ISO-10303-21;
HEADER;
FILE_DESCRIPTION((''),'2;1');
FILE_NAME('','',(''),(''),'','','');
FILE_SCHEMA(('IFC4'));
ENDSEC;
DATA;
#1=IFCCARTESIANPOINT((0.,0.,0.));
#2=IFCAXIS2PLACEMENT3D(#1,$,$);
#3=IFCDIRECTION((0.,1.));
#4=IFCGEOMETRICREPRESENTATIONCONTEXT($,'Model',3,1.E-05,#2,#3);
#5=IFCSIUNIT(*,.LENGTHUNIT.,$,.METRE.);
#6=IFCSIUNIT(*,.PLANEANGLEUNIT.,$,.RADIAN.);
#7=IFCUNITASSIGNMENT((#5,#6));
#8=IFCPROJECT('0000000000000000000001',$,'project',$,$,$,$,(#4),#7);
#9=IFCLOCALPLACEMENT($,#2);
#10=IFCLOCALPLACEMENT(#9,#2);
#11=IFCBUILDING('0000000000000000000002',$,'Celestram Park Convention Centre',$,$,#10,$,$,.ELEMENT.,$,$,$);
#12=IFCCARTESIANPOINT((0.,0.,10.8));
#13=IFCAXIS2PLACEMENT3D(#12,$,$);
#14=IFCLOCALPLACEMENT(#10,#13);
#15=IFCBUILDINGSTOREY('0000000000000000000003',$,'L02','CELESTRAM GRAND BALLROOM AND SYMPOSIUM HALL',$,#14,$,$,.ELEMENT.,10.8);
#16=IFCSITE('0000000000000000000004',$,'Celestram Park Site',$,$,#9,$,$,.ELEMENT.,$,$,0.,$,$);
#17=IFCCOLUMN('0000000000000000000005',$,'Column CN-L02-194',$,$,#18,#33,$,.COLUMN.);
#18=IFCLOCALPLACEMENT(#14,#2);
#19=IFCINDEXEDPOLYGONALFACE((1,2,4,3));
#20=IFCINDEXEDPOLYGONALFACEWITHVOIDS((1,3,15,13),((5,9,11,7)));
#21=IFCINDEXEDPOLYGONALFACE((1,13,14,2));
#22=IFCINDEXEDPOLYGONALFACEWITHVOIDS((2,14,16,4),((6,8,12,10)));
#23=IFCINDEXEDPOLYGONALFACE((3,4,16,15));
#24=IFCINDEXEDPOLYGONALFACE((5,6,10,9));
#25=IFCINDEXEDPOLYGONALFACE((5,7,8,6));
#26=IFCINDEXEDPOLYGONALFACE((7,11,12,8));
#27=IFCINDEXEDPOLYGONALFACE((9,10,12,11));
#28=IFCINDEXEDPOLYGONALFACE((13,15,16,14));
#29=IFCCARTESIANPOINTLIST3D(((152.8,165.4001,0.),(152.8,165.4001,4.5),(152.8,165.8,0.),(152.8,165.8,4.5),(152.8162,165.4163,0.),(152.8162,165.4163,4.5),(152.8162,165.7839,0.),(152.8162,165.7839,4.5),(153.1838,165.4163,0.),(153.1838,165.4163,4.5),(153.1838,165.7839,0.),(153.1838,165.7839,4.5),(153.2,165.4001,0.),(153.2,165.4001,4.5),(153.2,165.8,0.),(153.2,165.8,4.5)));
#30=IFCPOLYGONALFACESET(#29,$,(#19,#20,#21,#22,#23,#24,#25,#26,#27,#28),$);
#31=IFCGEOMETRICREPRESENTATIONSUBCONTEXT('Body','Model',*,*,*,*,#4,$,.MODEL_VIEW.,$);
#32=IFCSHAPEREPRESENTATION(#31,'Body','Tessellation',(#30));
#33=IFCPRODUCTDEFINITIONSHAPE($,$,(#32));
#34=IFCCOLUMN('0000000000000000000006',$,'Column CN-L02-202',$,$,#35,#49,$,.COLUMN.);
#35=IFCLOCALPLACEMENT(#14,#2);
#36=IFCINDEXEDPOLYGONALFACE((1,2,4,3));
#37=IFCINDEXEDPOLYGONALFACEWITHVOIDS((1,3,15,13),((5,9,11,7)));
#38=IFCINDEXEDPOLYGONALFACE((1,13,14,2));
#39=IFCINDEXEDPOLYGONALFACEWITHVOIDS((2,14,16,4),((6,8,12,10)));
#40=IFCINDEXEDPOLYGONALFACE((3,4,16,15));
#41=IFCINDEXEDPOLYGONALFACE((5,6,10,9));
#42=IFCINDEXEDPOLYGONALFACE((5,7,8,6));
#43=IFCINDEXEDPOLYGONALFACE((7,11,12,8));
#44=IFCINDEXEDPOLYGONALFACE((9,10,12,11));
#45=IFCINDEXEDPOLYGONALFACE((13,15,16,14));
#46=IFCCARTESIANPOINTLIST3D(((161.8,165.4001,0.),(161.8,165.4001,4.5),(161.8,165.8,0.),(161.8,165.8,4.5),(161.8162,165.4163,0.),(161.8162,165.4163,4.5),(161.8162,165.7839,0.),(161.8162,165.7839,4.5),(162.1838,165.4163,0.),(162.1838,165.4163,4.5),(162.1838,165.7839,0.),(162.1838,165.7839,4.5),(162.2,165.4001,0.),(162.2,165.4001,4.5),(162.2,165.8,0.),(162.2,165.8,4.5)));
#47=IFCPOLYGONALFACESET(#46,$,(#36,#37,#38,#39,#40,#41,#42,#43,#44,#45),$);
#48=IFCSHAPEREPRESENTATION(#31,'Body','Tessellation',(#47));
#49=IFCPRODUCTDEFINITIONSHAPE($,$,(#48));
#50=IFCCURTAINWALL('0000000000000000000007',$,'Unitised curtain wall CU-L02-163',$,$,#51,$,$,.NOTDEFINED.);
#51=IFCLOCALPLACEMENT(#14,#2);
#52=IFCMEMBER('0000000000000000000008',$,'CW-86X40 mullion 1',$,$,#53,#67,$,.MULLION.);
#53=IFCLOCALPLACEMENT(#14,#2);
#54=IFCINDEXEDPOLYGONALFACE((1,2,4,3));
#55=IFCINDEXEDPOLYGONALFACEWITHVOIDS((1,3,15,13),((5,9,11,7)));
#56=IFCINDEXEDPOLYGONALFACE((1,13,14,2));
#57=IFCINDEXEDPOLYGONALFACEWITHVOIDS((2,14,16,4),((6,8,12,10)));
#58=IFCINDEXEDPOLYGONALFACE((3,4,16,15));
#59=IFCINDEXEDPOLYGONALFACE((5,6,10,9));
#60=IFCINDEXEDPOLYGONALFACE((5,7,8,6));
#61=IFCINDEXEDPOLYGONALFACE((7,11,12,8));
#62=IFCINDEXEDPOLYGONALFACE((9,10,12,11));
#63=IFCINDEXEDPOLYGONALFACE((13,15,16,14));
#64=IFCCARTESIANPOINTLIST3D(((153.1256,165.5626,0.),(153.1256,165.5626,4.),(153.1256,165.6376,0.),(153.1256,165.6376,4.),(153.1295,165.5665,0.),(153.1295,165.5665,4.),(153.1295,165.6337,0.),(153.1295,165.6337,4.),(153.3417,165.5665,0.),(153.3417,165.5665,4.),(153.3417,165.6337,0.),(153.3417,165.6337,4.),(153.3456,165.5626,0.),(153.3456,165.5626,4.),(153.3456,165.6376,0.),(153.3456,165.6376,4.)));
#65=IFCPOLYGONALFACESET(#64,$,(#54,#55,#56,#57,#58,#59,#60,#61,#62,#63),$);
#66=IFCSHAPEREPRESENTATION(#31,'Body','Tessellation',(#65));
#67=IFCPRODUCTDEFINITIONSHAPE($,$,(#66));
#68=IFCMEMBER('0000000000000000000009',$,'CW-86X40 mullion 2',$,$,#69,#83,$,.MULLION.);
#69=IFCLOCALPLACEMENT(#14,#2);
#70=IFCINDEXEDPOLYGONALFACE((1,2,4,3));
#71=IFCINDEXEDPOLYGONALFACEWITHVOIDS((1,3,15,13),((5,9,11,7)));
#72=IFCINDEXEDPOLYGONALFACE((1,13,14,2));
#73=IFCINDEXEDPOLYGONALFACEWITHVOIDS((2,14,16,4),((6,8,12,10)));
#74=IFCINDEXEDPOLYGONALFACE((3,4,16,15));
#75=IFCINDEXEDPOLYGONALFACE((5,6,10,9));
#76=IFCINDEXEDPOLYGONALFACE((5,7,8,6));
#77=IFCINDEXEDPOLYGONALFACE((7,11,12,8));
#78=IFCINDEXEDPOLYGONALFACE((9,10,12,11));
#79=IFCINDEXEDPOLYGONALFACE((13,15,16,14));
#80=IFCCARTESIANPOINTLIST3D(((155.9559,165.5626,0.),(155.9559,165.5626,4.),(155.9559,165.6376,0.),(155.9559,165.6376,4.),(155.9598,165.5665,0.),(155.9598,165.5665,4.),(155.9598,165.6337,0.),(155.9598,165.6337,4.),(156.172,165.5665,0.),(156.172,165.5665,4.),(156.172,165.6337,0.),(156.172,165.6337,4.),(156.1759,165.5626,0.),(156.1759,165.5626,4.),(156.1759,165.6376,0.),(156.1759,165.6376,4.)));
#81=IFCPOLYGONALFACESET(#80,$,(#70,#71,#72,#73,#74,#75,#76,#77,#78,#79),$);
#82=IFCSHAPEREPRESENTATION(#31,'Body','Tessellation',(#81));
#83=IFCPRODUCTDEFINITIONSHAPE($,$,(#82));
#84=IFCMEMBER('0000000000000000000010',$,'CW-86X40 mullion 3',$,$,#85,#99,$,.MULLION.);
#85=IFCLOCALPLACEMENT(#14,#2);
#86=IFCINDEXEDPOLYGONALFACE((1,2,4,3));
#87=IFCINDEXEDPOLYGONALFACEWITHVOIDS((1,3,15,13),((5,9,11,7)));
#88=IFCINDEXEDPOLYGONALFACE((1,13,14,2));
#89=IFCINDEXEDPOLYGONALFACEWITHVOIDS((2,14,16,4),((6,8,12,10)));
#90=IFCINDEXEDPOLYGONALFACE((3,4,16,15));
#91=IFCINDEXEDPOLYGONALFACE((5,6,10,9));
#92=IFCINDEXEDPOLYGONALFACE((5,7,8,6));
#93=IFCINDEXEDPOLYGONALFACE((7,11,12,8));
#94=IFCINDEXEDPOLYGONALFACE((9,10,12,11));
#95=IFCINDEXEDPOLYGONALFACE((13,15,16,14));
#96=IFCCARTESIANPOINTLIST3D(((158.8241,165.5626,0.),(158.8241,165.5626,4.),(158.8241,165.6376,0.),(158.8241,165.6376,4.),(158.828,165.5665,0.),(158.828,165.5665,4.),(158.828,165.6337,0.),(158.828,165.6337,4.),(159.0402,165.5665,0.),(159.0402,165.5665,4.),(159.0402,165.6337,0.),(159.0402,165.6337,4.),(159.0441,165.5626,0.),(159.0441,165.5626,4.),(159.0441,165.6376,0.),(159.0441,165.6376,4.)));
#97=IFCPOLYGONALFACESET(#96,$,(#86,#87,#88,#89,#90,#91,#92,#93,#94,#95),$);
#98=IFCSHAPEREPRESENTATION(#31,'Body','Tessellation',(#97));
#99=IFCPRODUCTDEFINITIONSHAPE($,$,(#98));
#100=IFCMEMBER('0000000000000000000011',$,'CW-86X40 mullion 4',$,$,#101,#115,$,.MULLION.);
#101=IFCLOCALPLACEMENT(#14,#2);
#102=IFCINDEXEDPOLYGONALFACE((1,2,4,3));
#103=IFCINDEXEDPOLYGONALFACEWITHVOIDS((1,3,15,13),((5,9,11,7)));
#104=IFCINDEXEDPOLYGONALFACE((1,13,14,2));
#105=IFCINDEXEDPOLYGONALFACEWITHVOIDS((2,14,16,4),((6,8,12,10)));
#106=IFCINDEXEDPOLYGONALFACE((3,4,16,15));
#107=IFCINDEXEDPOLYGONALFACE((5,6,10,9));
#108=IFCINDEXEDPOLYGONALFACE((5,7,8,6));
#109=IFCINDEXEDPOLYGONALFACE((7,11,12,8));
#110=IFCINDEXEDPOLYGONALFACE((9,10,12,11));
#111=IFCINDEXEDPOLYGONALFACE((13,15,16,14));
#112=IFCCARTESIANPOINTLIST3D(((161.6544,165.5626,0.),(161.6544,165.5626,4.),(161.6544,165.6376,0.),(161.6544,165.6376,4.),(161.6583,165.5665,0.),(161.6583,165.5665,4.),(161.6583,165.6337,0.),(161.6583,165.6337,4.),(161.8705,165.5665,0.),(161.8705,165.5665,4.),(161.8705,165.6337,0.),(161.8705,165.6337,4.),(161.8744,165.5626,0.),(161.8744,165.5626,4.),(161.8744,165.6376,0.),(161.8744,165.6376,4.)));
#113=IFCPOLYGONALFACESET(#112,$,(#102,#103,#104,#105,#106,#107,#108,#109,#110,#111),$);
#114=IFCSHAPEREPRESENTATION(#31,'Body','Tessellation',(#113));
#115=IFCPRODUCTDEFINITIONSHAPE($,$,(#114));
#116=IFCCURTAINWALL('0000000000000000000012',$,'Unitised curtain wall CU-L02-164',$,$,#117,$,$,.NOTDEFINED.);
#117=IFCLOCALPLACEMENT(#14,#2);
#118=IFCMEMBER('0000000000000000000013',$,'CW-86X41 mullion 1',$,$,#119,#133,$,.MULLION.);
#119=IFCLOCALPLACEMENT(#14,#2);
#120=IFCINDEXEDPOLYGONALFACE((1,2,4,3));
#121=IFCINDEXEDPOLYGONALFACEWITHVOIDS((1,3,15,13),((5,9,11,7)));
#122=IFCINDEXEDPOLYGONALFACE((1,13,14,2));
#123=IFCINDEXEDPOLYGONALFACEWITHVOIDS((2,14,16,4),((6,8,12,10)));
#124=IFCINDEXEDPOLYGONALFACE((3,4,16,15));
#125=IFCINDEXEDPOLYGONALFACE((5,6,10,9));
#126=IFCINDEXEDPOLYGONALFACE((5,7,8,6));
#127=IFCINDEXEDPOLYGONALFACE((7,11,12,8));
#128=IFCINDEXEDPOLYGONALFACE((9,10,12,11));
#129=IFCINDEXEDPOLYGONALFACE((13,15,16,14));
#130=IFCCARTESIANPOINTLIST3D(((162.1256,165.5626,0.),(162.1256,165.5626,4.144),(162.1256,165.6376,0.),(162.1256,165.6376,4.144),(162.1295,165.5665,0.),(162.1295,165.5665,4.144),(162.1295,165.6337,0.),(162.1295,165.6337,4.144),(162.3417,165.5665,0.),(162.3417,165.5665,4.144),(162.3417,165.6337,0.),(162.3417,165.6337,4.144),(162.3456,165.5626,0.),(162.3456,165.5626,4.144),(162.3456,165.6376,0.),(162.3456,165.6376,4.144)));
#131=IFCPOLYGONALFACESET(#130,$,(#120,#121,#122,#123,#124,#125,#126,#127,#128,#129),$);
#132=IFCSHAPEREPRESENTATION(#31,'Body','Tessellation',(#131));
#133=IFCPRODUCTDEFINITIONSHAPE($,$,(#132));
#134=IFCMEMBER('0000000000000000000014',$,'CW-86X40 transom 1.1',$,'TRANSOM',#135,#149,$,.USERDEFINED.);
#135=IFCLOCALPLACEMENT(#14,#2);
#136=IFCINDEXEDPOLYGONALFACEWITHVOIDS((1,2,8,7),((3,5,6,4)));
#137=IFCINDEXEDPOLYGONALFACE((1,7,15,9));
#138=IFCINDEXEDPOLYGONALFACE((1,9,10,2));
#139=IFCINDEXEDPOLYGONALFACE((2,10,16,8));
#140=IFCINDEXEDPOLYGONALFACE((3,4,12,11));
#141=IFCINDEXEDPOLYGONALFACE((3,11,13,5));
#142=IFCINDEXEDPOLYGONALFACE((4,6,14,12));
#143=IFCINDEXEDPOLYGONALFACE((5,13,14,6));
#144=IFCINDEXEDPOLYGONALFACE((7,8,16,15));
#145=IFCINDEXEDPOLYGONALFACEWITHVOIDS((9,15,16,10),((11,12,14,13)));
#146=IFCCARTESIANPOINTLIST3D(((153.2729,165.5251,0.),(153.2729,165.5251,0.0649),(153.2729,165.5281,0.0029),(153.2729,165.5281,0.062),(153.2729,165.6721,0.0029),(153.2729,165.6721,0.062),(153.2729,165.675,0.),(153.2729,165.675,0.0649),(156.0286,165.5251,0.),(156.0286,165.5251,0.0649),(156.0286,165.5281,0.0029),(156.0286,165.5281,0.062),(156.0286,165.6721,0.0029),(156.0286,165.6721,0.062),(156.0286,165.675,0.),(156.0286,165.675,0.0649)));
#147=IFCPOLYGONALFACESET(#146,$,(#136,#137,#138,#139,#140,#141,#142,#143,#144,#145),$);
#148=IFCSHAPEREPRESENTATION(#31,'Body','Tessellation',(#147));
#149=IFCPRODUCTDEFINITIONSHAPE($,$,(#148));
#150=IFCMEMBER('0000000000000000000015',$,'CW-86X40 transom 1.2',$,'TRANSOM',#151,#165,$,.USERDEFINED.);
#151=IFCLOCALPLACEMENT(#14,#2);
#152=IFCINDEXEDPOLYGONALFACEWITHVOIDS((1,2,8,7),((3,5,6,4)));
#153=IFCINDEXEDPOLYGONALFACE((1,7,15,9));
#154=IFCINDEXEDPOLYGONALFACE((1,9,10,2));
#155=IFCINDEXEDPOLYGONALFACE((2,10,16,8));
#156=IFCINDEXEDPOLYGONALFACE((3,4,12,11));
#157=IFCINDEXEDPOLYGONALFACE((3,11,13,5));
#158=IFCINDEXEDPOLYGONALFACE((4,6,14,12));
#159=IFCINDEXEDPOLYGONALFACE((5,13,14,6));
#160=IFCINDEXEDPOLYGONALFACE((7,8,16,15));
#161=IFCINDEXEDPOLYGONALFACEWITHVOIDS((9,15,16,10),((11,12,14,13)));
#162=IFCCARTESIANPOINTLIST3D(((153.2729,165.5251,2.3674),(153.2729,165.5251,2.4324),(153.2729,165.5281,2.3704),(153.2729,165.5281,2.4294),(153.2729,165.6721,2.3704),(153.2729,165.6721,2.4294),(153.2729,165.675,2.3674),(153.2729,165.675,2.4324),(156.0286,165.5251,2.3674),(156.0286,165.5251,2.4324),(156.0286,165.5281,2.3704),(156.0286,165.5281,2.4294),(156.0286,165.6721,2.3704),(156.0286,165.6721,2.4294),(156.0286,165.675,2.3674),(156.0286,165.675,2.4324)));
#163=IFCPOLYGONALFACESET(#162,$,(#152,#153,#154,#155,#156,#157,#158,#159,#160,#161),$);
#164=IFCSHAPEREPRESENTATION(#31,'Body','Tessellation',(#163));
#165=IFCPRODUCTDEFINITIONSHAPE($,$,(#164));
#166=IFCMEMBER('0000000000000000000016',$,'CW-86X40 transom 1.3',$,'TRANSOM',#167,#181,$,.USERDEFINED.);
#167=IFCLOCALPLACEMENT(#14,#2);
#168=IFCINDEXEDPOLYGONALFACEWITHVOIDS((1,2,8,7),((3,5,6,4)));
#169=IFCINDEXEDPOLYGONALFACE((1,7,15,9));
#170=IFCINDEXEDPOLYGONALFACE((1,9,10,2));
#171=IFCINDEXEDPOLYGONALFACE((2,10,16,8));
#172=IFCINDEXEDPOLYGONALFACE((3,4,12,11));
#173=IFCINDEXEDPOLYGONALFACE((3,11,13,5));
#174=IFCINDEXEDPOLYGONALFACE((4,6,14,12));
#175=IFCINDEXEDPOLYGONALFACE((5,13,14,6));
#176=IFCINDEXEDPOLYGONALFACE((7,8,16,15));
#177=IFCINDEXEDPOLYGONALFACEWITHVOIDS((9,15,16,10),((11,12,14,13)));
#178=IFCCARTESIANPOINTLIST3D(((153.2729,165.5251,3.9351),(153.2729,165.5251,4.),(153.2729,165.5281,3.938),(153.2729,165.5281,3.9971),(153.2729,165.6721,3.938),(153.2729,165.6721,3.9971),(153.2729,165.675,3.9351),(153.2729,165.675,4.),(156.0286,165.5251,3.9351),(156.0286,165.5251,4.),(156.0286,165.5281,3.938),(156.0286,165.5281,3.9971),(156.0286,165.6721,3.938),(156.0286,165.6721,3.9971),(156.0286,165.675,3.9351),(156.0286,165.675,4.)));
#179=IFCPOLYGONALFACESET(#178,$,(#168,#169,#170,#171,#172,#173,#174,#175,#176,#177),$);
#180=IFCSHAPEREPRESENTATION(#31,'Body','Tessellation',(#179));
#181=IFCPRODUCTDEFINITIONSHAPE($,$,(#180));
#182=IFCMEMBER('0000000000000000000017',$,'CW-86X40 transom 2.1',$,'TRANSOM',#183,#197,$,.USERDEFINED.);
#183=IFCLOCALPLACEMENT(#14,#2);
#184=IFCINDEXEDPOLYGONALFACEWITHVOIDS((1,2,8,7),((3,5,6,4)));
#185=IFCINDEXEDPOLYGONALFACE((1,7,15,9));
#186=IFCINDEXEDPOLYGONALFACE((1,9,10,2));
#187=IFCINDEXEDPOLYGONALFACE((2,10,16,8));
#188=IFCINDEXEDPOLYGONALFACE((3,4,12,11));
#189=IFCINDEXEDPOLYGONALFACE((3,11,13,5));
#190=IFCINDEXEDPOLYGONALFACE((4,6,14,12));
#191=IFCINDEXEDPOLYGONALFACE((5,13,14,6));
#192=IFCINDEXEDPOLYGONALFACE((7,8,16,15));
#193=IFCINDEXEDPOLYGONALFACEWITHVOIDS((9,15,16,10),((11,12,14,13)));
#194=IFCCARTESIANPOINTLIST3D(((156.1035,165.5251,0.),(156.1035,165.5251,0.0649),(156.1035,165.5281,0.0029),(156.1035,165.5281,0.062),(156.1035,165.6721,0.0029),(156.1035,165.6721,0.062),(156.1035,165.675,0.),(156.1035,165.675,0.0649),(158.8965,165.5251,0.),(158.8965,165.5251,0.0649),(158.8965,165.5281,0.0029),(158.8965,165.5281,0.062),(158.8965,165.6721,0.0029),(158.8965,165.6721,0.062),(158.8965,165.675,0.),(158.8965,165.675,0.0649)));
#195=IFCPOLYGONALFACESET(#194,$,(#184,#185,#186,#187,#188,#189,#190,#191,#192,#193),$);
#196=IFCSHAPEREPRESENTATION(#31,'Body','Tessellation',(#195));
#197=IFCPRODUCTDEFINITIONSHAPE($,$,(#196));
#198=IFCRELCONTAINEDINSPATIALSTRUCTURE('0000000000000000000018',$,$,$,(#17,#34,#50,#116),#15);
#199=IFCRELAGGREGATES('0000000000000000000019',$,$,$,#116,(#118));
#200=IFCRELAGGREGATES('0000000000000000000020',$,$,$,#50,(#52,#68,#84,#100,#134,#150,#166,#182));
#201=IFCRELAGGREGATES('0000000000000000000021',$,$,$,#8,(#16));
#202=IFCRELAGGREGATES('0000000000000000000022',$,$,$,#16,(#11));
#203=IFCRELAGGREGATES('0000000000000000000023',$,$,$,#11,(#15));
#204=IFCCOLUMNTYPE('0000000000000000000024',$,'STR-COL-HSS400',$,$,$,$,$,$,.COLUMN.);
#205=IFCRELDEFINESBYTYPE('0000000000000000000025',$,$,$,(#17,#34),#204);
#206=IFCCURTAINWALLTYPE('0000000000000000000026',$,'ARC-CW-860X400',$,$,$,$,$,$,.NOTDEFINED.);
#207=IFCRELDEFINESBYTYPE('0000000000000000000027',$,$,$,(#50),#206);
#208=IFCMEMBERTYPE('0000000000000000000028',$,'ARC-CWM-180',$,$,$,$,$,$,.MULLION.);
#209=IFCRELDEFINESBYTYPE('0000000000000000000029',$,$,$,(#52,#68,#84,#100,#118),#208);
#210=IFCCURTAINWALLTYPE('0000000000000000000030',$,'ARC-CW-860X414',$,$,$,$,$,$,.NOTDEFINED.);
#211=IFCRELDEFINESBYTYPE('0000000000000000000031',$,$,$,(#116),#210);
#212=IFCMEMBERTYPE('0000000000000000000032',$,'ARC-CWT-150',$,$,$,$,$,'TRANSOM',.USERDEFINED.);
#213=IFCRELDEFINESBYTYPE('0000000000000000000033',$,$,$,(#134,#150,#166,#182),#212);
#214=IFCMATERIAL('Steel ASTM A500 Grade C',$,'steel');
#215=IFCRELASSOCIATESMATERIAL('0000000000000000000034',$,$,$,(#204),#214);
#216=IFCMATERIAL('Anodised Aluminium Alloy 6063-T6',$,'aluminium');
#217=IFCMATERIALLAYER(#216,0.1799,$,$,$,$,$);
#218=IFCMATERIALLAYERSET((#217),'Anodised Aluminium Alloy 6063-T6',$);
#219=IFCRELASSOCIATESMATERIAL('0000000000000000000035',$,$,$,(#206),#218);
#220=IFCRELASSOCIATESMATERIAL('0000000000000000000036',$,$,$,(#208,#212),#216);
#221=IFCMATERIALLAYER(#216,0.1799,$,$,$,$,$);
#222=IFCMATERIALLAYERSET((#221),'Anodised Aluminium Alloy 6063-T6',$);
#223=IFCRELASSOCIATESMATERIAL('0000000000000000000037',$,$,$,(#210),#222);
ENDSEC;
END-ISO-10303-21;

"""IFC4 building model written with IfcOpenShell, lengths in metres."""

from ifc_helpers import new_model, si_unit, direction, frame, origin, origin_2d, place, context, subcontext, project, spatial, hollow_rectangle, extrude, material, layer, layer_set, material_profile, profile_set, type_object, element, aggregate, save


model = new_model("IFC4")

# Units and contexts
model_context = context("Model", 3, precision=1e-05, world=origin(), true_north=direction((0.0, 1.0)))
body_context = subcontext(model_context, "Body", "Model", "MODEL_VIEW")
ifc_project = project(units=[si_unit("LENGTHUNIT", "METRE"), si_unit("PLANEANGLEUNIT", "RADIAN")], contexts=[model_context])

# Site, building, storey
site_placement = place(None, origin())
site = spatial("IfcSite", under=ifc_project, at=site_placement, Name="Celestram Park Site", CompositionType="ELEMENT", RefElevation=0.0)
building_placement = place(site_placement, origin())
building = spatial("IfcBuilding", under=site, at=building_placement, Name="Celestram Park Convention Centre", CompositionType="ELEMENT")
storey_placement = place(building_placement, frame((0.0, 0.0, 10.8)))
storey = spatial("IfcBuildingStorey", under=building, at=storey_placement, Name="L02", Description="CELESTRAM GRAND BALLROOM AND SYMPOSIUM HALL", CompositionType="ELEMENT", Elevation=10.8)

# Columns
ifc_material_1 = material(Name="Steel ASTM A500 Grade C", Category="steel")
ifc_material_profile_1 = material_profile(ifc_material_1, hollow_rectangle(XDim=0.3999, YDim=0.3999, WallThickness=0.0161, at=origin_2d()), Name="HSS400X400X16")
ifc_profile_set_1 = profile_set([ifc_material_profile_1], Name="Steel ASTM A500 Grade C")
column_type = type_object("IfcColumnType", Name="STR-COL-HSS400", PredefinedType="COLUMN", material=ifc_profile_set_1)
for number, where, z_axis, x_axis, name in (
    (1, (153.0, 165.6001, 0.0), (0.0, 0.0, 1.0), (1.0, 0.0, 0.0), "Column CN-L02-194"),
    (2, (162.0, 165.6001, 0.0), (0.0, 0.0, 1.0), (1.0, 0.0, 0.0), "Column CN-L02-202"),
):
    element("IfcColumn", number, at=place(storey_placement, frame(where, z_axis=z_axis, x_axis=x_axis)), inside=storey, type_object=column_type, Name=name, PredefinedType="COLUMN", context=body_context, shape_type="SweptSolid", body=[
        extrude(hollow_rectangle(XDim=0.3999, YDim=0.3999, WallThickness=0.0161, at=origin_2d()), origin(), (0.0, 0.0, 1.0), 4.5),
    ])

# Curtain wall, members
ifc_material_2 = material(Name="Anodised Aluminium Alloy 6063-T6", Category="aluminium")
ifc_layer_1 = layer(ifc_material_2, 0.1799)
ifc_layer_set_1 = layer_set([ifc_layer_1], Name="Anodised Aluminium Alloy 6063-T6")
curtain_wall_type_1 = type_object("IfcCurtainWallType", Name="ARC-CW-860X400", PredefinedType="NOTDEFINED", material=ifc_layer_set_1)
curtain_wall_1_placement = place(storey_placement, origin())
curtain_wall_1 = element("IfcCurtainWall", 3, at=curtain_wall_1_placement, inside=storey, type_object=curtain_wall_type_1, Name="Unitised curtain wall CU-L02-163", PredefinedType="NOTDEFINED")
ifc_material_profile_2 = material_profile(ifc_material_2, hollow_rectangle(XDim=0.075, YDim=0.22, WallThickness=0.0039, at=origin_2d()), Name="ALU75X220X4")
ifc_profile_set_2 = profile_set([ifc_material_profile_2], Name="Anodised Aluminium Alloy 6063-T6")
member_type_1 = type_object("IfcMemberType", Name="ARC-CWM-180", PredefinedType="MULLION", material=ifc_profile_set_2)
member_1_placement = place(storey_placement, frame((153.2356, 165.6001, 0.0), z_axis=(0.0, 0.0, 1.0), x_axis=(0.0, 1.0, 0.0)))
member_1 = element("IfcMember", 4, at=member_1_placement, type_object=member_type_1, Name="CW-86X40 mullion 1", PredefinedType="MULLION", context=body_context, shape_type="SweptSolid", body=[
    extrude(hollow_rectangle(XDim=0.075, YDim=0.22, WallThickness=0.0039, at=origin_2d()), origin(), (0.0, 0.0, 1.0), 4.0),
])
member_2_placement = place(storey_placement, frame((156.0659, 165.6001, 0.0), z_axis=(0.0, 0.0, 1.0), x_axis=(0.0, 1.0, 0.0)))
member_2 = element("IfcMember", 5, at=member_2_placement, type_object=member_type_1, Name="CW-86X40 mullion 2", PredefinedType="MULLION", context=body_context, shape_type="SweptSolid", body=[
    extrude(hollow_rectangle(XDim=0.075, YDim=0.22, WallThickness=0.0039, at=origin_2d()), origin(), (0.0, 0.0, 1.0), 4.0),
])
member_3_placement = place(storey_placement, frame((158.9341, 165.6001, 0.0), z_axis=(0.0, 0.0, 1.0), x_axis=(0.0, 1.0, 0.0)))
member_3 = element("IfcMember", 6, at=member_3_placement, type_object=member_type_1, Name="CW-86X40 mullion 3", PredefinedType="MULLION", context=body_context, shape_type="SweptSolid", body=[
    extrude(hollow_rectangle(XDim=0.075, YDim=0.22, WallThickness=0.0039, at=origin_2d()), origin(), (0.0, 0.0, 1.0), 4.0),
])
member_4_placement = place(storey_placement, frame((161.7644, 165.6001, 0.0), z_axis=(0.0, 0.0, 1.0), x_axis=(0.0, 1.0, 0.0)))
member_4 = element("IfcMember", 7, at=member_4_placement, type_object=member_type_1, Name="CW-86X40 mullion 4", PredefinedType="MULLION", context=body_context, shape_type="SweptSolid", body=[
    extrude(hollow_rectangle(XDim=0.075, YDim=0.22, WallThickness=0.0039, at=origin_2d()), origin(), (0.0, 0.0, 1.0), 4.0),
])

# Curtain wall, member
ifc_layer_2 = layer(ifc_material_2, 0.1799)
ifc_layer_set_2 = layer_set([ifc_layer_2], Name="Anodised Aluminium Alloy 6063-T6")
curtain_wall_type_2 = type_object("IfcCurtainWallType", Name="ARC-CW-860X414", PredefinedType="NOTDEFINED", material=ifc_layer_set_2)
curtain_wall_2_placement = place(storey_placement, origin())
curtain_wall_2 = element("IfcCurtainWall", 8, at=curtain_wall_2_placement, inside=storey, type_object=curtain_wall_type_2, Name="Unitised curtain wall CU-L02-164", PredefinedType="NOTDEFINED")
member_5_placement = place(storey_placement, frame((162.2356, 165.6001, 0.0), z_axis=(0.0, 0.0, 1.0), x_axis=(0.0, 1.0, 0.0)))
member_5 = element("IfcMember", 9, at=member_5_placement, type_object=member_type_1, Name="CW-86X41 mullion 1", PredefinedType="MULLION", context=body_context, shape_type="SweptSolid", body=[
    extrude(hollow_rectangle(XDim=0.075, YDim=0.22, WallThickness=0.0039, at=origin_2d()), origin(), (0.0, 0.0, 1.0), 4.144),
])

# Members
ifc_material_profile_3 = material_profile(ifc_material_2, hollow_rectangle(XDim=0.1499, YDim=0.0649, WallThickness=0.0029, at=origin_2d()), Name="ALU150X65X3")
ifc_profile_set_3 = profile_set([ifc_material_profile_3], Name="Anodised Aluminium Alloy 6063-T6")
member_type_2 = type_object("IfcMemberType", Name="ARC-CWT-150", ElementType="TRANSOM", PredefinedType="USERDEFINED", material=ifc_profile_set_3)
member_6_placement = place(storey_placement, frame((153.2729, 165.6001, 0.0325), z_axis=(1.0, 0.0, 0.0), x_axis=(0.0, 1.0, 0.0)))
member_6 = element("IfcMember", 10, at=member_6_placement, type_object=member_type_2, Name="CW-86X40 transom 1.1", ObjectType="TRANSOM", PredefinedType="USERDEFINED", context=body_context, shape_type="SweptSolid", body=[
    extrude(hollow_rectangle(XDim=0.1499, YDim=0.0649, WallThickness=0.0029, at=origin_2d()), origin(), (0.0, 0.0, 1.0), 2.7556),
])
member_7_placement = place(storey_placement, frame((153.2729, 165.6001, 2.3999), z_axis=(1.0, 0.0, 0.0), x_axis=(0.0, 1.0, 0.0)))
member_7 = element("IfcMember", 11, at=member_7_placement, type_object=member_type_2, Name="CW-86X40 transom 1.2", ObjectType="TRANSOM", PredefinedType="USERDEFINED", context=body_context, shape_type="SweptSolid", body=[
    extrude(hollow_rectangle(XDim=0.1499, YDim=0.0649, WallThickness=0.0029, at=origin_2d()), origin(), (0.0, 0.0, 1.0), 2.7556),
])
member_8_placement = place(storey_placement, frame((153.2729, 165.6001, 3.9675), z_axis=(1.0, 0.0, 0.0), x_axis=(0.0, 1.0, 0.0)))
member_8 = element("IfcMember", 12, at=member_8_placement, type_object=member_type_2, Name="CW-86X40 transom 1.3", ObjectType="TRANSOM", PredefinedType="USERDEFINED", context=body_context, shape_type="SweptSolid", body=[
    extrude(hollow_rectangle(XDim=0.1499, YDim=0.0649, WallThickness=0.0029, at=origin_2d()), origin(), (0.0, 0.0, 1.0), 2.7556),
])
member_9_placement = place(storey_placement, frame((156.1035, 165.6001, 0.0325), z_axis=(1.0, 0.0, 0.0), x_axis=(0.0, 1.0, 0.0)))
member_9 = element("IfcMember", 13, at=member_9_placement, type_object=member_type_2, Name="CW-86X40 transom 2.1", ObjectType="TRANSOM", PredefinedType="USERDEFINED", context=body_context, shape_type="SweptSolid", body=[
    extrude(hollow_rectangle(XDim=0.1499, YDim=0.0649, WallThickness=0.0029, at=origin_2d()), origin(), (0.0, 0.0, 1.0), 2.793),
])
aggregate(curtain_wall_2, [member_5])

aggregate(curtain_wall_1, [member_1, member_2, member_3, member_4, member_6, member_7, member_8, member_9])

save(model, "model.ifc")
